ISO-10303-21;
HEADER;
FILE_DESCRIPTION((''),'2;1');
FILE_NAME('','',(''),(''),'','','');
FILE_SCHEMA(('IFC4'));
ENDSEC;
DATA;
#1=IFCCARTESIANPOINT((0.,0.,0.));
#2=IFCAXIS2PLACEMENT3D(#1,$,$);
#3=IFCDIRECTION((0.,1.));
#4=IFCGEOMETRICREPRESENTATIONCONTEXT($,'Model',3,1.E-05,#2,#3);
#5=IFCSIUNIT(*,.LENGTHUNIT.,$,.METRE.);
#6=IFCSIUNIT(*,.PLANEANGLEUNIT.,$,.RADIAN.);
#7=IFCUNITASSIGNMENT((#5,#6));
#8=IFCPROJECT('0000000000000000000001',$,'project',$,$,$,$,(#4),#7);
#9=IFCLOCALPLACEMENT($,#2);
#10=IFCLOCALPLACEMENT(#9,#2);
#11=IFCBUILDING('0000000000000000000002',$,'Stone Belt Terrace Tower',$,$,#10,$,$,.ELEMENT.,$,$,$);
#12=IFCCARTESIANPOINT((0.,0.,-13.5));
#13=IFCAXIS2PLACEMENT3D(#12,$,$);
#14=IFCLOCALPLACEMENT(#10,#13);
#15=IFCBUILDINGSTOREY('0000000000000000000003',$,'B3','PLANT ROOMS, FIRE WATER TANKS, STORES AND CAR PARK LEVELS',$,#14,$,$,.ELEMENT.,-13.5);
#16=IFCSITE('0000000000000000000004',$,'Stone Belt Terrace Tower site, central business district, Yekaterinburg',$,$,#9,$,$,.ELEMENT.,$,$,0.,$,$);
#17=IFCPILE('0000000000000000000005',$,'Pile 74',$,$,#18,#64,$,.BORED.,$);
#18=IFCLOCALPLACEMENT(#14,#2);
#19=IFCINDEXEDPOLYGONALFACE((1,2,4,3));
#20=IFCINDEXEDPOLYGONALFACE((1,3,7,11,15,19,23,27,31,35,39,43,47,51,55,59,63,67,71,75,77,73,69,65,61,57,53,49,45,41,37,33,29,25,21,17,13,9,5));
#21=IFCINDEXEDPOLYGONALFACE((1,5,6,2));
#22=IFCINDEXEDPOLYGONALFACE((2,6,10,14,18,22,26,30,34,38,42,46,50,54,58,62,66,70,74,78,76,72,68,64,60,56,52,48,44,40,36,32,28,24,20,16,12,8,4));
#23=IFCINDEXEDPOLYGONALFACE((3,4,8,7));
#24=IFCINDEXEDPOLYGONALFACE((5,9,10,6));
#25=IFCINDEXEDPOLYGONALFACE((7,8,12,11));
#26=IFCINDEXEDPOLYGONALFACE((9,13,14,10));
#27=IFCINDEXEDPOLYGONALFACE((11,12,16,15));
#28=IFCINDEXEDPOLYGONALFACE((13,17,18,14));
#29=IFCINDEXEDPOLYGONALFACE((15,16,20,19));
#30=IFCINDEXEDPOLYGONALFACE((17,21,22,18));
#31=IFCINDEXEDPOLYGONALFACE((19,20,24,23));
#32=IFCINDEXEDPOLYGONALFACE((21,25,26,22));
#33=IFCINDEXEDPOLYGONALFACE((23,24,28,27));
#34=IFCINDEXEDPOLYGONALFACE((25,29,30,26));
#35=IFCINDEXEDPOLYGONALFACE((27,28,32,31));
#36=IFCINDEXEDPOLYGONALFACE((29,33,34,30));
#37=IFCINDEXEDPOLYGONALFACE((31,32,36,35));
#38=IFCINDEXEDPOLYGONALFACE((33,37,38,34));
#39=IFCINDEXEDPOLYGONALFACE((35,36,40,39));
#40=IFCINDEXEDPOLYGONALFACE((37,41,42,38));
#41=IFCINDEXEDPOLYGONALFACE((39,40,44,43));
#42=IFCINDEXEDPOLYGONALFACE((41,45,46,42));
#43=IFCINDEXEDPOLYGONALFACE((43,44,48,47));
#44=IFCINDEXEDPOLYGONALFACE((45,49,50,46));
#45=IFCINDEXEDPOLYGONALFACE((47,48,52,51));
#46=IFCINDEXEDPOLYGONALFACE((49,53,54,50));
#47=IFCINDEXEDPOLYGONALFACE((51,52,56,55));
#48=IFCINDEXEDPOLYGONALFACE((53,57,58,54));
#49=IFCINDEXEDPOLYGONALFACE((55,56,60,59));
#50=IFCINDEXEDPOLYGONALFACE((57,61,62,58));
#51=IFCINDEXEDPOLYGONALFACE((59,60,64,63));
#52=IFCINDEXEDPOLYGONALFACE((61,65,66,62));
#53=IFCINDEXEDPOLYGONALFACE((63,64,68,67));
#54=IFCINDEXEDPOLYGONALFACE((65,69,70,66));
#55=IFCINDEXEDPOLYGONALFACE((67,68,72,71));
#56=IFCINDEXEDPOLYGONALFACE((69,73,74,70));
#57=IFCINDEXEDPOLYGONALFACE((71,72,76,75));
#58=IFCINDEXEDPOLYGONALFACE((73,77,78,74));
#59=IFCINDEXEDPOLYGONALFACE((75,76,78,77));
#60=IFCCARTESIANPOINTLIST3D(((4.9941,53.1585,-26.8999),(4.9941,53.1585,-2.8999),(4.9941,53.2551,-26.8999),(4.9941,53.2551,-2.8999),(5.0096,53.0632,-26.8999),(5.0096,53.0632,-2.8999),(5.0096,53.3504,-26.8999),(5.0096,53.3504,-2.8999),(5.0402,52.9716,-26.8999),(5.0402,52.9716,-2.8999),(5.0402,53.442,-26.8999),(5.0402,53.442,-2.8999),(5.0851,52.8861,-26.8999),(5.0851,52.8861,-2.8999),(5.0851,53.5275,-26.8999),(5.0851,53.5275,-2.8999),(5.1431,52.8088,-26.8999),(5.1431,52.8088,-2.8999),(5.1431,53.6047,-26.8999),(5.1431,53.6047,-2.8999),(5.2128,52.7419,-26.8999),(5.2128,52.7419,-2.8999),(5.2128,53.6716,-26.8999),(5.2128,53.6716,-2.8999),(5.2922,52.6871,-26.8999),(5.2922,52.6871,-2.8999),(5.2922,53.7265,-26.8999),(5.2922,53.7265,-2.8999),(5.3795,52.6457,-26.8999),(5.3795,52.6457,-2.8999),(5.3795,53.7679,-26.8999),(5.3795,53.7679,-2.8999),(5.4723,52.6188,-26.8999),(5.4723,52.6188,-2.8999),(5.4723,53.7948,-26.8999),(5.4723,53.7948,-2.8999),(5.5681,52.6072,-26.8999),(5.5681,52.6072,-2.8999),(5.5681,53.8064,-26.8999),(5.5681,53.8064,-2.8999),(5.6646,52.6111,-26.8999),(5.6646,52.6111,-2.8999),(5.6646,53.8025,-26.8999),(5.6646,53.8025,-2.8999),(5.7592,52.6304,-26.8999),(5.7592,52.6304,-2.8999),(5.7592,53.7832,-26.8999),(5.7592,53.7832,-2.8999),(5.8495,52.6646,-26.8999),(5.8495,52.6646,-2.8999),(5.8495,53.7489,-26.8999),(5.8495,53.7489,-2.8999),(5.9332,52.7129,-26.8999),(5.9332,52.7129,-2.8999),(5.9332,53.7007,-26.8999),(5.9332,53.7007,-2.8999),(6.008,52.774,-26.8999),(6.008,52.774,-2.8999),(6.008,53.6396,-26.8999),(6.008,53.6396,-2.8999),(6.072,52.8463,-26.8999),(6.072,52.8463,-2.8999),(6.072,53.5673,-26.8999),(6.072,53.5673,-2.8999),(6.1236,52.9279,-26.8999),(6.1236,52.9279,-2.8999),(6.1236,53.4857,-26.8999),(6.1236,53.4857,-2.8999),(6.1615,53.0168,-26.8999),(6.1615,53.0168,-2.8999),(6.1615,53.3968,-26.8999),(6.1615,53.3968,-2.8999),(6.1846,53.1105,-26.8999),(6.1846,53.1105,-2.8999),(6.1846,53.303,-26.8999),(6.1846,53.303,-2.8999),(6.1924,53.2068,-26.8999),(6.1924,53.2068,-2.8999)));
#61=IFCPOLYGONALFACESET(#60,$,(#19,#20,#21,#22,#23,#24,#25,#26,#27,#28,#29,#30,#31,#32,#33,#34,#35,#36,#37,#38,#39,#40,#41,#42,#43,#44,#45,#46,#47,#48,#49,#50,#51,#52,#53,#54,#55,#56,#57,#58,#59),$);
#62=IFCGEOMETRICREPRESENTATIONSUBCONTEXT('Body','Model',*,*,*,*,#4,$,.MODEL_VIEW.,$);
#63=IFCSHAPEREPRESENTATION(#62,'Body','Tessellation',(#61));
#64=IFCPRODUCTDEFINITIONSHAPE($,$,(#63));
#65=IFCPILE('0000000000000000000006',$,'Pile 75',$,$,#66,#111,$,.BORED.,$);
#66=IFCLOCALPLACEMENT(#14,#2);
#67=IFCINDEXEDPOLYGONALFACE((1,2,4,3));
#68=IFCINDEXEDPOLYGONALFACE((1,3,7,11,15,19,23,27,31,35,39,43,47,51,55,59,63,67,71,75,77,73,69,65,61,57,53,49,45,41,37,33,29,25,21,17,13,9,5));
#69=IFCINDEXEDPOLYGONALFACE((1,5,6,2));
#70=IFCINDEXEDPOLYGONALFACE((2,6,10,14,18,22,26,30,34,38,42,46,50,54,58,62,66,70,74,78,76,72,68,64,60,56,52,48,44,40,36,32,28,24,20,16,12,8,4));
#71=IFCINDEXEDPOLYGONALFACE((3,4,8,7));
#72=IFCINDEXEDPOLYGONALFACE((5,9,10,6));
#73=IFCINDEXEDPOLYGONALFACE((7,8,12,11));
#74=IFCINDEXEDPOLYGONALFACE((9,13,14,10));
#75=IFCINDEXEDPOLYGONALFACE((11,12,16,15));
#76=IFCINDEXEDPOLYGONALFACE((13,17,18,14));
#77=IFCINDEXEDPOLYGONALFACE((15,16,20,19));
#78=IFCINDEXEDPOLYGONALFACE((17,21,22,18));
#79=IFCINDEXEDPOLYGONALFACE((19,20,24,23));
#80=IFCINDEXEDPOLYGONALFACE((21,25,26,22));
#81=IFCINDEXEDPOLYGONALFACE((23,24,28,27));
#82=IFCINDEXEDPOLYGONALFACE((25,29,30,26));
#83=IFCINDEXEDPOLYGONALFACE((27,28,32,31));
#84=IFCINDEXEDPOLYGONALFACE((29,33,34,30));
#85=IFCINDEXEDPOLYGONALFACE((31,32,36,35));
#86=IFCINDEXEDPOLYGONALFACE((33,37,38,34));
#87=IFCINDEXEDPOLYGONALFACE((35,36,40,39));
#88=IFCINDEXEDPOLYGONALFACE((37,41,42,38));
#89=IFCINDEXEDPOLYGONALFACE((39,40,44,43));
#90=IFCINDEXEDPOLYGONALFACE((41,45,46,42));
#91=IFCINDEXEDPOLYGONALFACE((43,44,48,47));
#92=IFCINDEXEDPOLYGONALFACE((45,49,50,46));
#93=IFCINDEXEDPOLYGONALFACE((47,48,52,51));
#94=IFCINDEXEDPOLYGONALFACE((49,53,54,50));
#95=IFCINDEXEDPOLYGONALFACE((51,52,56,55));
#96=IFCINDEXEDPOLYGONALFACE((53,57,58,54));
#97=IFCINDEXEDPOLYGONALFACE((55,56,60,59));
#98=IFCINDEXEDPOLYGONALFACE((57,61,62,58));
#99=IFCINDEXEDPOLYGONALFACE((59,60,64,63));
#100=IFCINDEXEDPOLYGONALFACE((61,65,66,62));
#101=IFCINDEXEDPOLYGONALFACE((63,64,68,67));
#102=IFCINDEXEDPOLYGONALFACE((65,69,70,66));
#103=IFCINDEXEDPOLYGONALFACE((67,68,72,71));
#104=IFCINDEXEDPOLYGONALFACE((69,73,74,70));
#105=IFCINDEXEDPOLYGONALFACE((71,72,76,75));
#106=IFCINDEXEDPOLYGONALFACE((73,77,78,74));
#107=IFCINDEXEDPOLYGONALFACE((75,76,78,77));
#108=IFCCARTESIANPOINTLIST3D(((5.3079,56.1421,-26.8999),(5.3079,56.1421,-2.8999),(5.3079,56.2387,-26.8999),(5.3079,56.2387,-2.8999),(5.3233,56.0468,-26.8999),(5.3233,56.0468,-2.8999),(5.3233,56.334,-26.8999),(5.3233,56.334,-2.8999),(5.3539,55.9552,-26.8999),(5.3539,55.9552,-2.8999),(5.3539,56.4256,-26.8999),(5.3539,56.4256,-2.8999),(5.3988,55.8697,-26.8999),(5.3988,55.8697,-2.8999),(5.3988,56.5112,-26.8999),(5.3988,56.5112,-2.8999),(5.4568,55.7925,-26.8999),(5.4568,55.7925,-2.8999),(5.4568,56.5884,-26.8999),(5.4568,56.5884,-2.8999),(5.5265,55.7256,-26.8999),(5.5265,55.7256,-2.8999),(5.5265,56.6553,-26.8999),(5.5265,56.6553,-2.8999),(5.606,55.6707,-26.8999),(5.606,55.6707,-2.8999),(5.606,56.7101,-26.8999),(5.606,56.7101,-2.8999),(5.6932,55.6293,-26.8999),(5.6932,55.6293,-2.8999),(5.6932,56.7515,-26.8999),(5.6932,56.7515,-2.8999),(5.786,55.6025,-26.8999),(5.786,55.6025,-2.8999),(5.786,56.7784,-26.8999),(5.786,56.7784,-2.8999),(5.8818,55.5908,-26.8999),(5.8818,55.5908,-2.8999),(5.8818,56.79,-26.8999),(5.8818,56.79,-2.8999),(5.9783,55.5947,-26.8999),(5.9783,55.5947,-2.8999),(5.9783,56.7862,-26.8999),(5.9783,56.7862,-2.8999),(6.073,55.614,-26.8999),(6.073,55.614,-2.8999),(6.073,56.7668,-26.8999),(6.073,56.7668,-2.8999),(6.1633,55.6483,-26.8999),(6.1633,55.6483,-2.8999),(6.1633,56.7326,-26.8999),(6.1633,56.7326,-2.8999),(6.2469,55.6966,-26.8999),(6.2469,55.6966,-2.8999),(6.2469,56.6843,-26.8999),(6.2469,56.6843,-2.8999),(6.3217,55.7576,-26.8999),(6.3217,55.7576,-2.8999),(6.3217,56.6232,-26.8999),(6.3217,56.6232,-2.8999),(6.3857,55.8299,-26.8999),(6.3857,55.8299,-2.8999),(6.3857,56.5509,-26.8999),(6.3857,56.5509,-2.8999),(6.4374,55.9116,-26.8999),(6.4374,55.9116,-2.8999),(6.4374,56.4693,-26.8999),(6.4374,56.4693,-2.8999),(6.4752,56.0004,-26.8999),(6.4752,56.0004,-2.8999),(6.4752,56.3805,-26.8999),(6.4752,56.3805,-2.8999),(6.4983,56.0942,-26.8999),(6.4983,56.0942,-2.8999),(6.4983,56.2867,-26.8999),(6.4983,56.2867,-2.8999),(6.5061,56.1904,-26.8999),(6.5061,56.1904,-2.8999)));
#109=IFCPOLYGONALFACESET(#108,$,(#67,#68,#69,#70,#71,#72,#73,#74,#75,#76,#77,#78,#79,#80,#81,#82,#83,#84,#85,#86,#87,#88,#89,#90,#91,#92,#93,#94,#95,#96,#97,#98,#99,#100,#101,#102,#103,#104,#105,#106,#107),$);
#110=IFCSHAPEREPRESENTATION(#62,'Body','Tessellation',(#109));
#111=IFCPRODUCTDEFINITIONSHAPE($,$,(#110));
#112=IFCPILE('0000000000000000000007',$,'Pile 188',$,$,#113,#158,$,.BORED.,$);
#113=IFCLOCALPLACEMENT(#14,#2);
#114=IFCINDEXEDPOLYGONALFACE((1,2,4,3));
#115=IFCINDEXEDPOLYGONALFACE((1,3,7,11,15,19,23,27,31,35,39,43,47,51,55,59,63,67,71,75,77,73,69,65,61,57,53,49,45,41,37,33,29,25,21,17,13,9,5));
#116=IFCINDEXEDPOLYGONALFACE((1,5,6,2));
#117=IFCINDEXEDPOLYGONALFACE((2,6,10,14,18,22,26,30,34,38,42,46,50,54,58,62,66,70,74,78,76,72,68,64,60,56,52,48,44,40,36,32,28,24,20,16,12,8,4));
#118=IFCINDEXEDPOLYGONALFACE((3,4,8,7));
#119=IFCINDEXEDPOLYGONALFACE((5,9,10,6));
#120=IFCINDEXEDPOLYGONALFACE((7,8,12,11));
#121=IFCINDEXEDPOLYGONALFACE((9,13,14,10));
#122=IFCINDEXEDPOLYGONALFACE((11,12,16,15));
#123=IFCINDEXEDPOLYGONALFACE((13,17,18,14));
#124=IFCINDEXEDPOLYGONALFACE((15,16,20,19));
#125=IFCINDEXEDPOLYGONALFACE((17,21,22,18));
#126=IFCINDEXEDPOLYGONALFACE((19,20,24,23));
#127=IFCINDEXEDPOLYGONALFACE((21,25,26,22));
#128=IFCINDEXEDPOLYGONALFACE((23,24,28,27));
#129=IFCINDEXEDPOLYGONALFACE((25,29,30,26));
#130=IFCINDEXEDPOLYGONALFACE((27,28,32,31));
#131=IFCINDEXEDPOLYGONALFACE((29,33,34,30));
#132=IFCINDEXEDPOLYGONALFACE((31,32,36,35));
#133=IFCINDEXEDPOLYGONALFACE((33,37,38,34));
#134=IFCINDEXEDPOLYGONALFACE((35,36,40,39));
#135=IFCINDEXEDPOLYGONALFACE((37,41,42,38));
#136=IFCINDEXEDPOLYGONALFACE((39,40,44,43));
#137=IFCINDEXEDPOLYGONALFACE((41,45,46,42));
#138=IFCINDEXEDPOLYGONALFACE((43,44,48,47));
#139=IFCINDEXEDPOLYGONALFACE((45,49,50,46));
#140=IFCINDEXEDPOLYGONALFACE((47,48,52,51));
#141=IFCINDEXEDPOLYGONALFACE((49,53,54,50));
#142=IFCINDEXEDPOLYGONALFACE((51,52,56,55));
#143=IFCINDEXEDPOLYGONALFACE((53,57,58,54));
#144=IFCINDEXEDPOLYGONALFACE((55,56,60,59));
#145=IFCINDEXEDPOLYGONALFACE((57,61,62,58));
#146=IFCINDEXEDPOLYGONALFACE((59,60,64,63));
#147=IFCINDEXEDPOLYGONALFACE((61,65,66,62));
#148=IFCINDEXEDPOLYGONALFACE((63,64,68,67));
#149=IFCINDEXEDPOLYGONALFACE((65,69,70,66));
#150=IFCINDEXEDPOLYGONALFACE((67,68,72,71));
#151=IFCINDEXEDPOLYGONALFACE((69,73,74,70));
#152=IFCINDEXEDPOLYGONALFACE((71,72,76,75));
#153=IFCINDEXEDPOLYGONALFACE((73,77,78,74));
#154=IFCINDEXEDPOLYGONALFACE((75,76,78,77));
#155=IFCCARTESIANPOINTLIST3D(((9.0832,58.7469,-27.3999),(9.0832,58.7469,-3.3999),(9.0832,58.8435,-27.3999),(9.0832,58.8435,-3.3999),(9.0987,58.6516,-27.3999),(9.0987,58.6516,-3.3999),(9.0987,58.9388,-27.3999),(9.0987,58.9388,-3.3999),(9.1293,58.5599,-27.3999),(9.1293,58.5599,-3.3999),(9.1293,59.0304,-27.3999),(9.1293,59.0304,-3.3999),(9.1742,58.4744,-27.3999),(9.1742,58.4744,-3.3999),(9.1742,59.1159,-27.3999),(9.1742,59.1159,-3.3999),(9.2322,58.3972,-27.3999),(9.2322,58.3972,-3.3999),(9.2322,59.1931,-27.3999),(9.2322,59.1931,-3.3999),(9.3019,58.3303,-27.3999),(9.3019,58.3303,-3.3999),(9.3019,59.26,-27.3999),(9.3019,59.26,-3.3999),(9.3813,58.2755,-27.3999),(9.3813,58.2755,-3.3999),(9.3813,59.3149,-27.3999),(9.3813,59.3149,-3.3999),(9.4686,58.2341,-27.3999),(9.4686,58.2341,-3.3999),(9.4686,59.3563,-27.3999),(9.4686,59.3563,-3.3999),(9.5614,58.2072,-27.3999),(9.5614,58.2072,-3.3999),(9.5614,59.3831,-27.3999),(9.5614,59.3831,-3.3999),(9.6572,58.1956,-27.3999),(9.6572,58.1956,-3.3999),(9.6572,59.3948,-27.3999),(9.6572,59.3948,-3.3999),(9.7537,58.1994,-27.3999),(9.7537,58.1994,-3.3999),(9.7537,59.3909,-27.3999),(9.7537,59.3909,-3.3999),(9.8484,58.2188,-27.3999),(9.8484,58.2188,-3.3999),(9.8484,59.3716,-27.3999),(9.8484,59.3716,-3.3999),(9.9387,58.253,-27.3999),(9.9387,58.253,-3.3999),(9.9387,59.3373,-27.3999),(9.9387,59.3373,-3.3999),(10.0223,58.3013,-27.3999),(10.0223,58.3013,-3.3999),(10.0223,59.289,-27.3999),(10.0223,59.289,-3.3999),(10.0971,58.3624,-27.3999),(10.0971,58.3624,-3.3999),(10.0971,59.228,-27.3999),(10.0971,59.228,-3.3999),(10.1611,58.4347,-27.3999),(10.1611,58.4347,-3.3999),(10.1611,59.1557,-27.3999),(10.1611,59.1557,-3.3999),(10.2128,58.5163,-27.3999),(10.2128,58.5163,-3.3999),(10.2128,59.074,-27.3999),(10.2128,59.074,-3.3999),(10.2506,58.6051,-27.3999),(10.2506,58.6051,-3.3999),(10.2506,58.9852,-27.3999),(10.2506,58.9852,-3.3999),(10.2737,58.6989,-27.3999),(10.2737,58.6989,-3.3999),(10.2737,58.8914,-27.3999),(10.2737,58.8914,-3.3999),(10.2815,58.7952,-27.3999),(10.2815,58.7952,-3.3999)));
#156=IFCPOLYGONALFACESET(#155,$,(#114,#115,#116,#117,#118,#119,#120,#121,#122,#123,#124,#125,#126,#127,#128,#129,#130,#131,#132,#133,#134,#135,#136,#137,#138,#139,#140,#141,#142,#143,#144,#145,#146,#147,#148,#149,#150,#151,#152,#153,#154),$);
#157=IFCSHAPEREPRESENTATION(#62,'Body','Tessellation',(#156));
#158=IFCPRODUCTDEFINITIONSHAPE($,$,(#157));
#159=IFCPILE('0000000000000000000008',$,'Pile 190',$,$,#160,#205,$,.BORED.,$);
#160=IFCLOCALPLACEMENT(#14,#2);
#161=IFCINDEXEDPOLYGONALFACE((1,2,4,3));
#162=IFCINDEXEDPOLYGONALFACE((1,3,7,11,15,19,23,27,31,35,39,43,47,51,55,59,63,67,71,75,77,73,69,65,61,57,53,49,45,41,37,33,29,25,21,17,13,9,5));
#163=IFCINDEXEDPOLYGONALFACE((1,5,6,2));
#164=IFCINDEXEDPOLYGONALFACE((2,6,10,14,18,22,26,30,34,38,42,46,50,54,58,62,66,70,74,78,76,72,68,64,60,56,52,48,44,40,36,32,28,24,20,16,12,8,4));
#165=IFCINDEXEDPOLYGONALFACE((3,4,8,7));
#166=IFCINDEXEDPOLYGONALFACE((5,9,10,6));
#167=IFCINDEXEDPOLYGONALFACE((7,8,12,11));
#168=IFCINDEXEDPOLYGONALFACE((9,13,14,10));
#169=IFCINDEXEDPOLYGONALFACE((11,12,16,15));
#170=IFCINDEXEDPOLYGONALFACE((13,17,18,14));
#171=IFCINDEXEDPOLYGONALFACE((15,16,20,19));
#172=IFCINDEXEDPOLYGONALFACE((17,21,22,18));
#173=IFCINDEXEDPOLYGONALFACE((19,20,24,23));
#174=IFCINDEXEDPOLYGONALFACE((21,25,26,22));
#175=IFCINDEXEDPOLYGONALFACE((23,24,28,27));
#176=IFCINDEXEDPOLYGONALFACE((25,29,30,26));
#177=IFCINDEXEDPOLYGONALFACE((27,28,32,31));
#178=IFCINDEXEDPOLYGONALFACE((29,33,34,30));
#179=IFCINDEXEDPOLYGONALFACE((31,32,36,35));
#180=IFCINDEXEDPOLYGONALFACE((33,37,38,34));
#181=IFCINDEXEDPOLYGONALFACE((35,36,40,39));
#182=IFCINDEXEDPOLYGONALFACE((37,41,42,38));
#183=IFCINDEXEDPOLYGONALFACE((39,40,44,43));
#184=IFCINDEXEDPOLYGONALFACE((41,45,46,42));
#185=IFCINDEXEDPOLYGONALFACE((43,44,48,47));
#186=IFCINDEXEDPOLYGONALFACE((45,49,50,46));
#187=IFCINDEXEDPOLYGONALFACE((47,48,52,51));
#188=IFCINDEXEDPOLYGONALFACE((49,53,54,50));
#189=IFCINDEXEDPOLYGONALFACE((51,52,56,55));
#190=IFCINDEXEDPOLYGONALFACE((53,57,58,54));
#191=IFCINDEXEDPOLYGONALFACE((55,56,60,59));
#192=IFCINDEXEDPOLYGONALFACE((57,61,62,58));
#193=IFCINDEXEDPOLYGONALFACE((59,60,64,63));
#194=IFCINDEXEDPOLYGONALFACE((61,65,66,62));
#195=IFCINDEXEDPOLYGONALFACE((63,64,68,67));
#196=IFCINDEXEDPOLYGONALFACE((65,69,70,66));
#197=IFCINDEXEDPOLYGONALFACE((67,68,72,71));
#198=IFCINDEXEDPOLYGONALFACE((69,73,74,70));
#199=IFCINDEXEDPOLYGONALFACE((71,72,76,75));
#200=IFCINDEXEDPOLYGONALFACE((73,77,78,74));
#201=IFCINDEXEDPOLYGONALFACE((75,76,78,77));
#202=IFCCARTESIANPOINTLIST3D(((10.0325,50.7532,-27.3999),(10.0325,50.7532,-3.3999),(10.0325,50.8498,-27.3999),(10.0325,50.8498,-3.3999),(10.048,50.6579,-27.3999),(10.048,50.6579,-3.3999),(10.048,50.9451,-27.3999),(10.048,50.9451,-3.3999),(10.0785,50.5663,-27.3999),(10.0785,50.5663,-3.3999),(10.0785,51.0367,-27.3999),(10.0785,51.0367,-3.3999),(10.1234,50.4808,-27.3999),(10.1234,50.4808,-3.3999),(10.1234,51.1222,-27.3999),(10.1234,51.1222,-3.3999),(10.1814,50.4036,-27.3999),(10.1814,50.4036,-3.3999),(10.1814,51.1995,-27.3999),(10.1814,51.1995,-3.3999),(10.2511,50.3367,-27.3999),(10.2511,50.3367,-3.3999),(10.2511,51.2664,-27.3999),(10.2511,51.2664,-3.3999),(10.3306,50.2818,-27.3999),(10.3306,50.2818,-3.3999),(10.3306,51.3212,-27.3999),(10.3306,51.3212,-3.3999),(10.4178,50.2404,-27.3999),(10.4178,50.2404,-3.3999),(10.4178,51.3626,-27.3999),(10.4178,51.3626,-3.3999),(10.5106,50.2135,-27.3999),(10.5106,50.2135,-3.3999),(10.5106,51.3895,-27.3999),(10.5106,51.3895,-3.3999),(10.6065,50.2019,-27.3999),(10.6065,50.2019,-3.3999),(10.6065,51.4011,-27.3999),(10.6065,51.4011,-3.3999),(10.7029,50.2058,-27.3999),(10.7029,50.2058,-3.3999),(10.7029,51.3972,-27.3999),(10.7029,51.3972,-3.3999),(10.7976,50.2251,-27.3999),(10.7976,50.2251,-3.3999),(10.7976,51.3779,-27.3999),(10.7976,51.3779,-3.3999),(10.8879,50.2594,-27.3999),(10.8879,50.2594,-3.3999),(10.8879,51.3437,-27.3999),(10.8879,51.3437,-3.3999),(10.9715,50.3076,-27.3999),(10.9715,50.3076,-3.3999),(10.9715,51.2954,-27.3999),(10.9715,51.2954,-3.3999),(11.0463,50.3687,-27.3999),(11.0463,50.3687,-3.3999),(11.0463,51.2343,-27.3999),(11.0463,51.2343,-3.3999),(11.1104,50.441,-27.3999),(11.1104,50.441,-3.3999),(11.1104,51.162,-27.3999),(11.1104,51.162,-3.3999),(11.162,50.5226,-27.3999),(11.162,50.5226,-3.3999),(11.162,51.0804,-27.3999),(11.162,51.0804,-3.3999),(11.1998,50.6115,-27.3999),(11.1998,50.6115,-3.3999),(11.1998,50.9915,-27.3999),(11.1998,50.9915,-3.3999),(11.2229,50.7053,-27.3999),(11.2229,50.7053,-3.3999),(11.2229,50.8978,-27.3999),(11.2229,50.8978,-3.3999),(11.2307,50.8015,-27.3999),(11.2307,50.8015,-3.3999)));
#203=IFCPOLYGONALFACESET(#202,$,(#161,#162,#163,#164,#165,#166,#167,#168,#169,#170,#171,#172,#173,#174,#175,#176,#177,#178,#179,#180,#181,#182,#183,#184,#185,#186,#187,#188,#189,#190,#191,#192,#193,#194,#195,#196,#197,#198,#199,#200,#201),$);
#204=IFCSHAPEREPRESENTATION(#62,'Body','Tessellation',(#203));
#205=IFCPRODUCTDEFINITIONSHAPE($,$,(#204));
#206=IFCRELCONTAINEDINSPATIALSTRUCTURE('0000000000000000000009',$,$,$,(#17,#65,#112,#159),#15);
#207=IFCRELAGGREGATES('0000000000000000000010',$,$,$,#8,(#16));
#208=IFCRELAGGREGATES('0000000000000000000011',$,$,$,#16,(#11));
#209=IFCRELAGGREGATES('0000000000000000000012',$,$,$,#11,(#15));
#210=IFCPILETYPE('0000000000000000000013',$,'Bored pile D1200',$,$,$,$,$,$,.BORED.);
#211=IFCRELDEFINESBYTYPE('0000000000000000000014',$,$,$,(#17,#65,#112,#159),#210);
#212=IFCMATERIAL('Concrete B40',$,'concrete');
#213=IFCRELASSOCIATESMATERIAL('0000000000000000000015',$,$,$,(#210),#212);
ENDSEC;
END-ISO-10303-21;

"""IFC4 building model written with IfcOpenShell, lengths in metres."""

from ifc_helpers import new_model, si_unit, direction, frame, origin, origin_2d, place, context, subcontext, project, spatial, circle, extrude, material, material_profile, profile_set, type_object, element, save


model = new_model("IFC4")

# Units and contexts
model_context = context("Model", 3, precision=1e-05, world=origin(), true_north=direction((0.0, 1.0)))
body_context = subcontext(model_context, "Body", "Model", "MODEL_VIEW")
ifc_project = project(units=[si_unit("LENGTHUNIT", "METRE"), si_unit("PLANEANGLEUNIT", "RADIAN")], contexts=[model_context])

# Site, building, storey
site_placement = place(None, origin())
site = spatial("IfcSite", under=ifc_project, at=site_placement, Name="Stone Belt Terrace Tower site, central business district, Yekaterinburg", CompositionType="ELEMENT", RefElevation=0.0)
building_placement = place(site_placement, origin())
building = spatial("IfcBuilding", under=site, at=building_placement, Name="Stone Belt Terrace Tower", CompositionType="ELEMENT")
storey_placement = place(building_placement, frame((0.0, 0.0, -13.5)))
storey = spatial("IfcBuildingStorey", under=building, at=storey_placement, Name="B3", Description="PLANT ROOMS, FIRE WATER TANKS, STORES AND CAR PARK LEVELS", CompositionType="ELEMENT", Elevation=-13.5)

# Piles
ifc_material_1 = material(Name="Concrete B40", Category="concrete")
ifc_material_profile_1 = material_profile(ifc_material_1, circle(Radius=0.6001, at=origin_2d()), Name="PILE D1200")
ifc_profile_set_1 = profile_set([ifc_material_profile_1], Name="Concrete B40")
pile_type = type_object("IfcPileType", Name="Bored pile D1200", PredefinedType="BORED", material=ifc_profile_set_1)
for number, where, z_axis, x_axis, name in (
    (1, (5.5923, 53.2068, -2.8999), (0.0, 0.0, -1.0), (1.0, 0.0, 0.0), "Pile 74"),
    (2, (5.906, 56.1904, -2.8999), (0.0, 0.0, -1.0), (1.0, 0.0, 0.0), "Pile 75"),
    (3, (9.6814, 58.7952, -3.3999), (0.0, 0.0, -1.0), (1.0, 0.0, 0.0), "Pile 188"),
    (4, (10.6306, 50.8015, -3.3999), (0.0, 0.0, -1.0), (1.0, 0.0, 0.0), "Pile 190"),
):
    element("IfcPile", number, at=place(storey_placement, frame(where, z_axis=z_axis, x_axis=x_axis)), inside=storey, type_object=pile_type, Name=name, PredefinedType="BORED", context=body_context, shape_type="SweptSolid", body=[
        extrude(circle(Radius=0.6001, at=origin_2d()), origin(), (0.0, 0.0, 1.0), 24.0),
    ])

save(model, "model.ifc")
